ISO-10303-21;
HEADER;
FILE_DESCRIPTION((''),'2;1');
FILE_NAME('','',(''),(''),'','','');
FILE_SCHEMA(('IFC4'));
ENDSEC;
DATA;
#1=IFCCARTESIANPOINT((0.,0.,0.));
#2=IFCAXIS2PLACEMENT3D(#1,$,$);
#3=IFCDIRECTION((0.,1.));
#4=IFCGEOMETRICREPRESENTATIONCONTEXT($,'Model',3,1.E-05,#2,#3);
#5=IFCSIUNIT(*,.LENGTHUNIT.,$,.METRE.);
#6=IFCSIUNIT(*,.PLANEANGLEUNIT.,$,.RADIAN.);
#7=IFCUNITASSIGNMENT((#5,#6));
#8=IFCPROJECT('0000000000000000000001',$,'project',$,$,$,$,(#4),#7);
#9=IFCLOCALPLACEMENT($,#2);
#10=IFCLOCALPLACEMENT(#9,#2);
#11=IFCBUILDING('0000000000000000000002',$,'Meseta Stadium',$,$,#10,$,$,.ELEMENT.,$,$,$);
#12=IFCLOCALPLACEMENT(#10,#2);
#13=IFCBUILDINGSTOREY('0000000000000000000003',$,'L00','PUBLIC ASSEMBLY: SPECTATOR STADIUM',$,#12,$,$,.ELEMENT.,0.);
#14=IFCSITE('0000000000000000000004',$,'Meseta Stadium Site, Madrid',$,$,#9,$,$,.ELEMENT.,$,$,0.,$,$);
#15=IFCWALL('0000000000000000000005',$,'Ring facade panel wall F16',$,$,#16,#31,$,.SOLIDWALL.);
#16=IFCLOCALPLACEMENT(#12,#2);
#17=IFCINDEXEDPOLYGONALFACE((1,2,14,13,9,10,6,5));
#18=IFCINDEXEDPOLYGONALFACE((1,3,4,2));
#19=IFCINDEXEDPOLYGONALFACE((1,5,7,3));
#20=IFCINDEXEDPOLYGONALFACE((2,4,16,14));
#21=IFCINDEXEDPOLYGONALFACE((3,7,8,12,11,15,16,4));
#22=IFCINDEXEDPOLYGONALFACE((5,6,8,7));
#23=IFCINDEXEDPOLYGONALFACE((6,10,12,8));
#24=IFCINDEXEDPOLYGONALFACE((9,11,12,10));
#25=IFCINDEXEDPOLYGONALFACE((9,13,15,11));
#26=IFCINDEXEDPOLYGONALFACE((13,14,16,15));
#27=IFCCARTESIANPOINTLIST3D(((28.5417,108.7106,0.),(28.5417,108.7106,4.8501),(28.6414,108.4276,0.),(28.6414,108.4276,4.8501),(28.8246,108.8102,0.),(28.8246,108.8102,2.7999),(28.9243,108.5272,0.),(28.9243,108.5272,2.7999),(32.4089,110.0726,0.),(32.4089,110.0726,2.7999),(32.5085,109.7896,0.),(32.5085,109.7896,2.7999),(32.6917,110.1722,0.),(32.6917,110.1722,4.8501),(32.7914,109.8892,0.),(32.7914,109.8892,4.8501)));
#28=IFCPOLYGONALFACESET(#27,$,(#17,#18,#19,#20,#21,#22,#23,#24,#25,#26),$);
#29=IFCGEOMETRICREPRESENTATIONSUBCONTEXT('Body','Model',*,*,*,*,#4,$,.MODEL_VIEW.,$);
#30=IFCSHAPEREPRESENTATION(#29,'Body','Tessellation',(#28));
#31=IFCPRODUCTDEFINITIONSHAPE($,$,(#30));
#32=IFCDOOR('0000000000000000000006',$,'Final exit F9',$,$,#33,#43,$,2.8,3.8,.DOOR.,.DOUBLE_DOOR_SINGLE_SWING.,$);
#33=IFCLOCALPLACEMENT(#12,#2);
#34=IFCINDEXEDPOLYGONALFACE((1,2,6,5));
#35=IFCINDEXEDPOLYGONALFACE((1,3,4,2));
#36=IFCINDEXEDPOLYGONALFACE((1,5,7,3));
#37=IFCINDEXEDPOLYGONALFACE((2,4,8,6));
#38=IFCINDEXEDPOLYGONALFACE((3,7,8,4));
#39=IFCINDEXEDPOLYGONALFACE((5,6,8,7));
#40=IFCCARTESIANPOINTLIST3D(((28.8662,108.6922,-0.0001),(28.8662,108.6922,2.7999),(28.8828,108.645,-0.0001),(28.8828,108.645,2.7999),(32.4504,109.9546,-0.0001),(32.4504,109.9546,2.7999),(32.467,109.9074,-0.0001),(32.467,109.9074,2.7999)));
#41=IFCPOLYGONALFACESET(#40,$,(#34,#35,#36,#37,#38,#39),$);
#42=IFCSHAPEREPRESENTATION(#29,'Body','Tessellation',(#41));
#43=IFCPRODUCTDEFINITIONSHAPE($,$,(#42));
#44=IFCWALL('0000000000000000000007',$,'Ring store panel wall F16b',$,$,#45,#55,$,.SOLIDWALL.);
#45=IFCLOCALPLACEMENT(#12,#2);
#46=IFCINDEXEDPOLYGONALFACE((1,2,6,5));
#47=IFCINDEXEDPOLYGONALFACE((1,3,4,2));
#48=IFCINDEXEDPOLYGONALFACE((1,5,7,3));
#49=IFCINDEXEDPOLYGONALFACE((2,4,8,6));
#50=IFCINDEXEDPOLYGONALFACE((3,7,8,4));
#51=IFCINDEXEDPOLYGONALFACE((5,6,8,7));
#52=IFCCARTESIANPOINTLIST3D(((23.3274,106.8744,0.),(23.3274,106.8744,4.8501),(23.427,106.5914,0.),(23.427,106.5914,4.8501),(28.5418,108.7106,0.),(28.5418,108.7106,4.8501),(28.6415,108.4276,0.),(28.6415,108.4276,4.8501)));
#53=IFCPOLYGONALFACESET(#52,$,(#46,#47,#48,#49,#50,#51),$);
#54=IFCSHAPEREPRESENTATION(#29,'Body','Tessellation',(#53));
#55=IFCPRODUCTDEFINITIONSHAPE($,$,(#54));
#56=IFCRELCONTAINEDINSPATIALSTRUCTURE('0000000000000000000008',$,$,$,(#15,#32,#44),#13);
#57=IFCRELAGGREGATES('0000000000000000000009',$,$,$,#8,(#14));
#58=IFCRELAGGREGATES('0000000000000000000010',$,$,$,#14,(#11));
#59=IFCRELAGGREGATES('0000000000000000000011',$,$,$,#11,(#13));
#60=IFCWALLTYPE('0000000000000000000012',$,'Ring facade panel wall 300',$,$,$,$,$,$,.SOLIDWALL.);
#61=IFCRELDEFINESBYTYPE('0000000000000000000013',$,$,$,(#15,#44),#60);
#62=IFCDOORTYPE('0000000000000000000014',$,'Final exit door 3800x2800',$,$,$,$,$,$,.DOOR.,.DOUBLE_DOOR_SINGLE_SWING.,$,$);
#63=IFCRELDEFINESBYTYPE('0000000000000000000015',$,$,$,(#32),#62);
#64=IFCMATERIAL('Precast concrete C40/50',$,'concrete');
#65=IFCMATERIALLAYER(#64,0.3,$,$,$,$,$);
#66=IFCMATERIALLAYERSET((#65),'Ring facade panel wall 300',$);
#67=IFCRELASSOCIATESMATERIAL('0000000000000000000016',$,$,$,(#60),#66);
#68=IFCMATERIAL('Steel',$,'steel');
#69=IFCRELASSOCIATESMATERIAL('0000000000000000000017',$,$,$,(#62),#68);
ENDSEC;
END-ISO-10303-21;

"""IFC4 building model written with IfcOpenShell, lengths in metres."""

from ifc_helpers import new_model, si_unit, direction, frame, frame_2d, origin, place, context, subcontext, project, spatial, rectangle, extrude, material, layer, layer_set, type_object, element, fill, save


model = new_model("IFC4")

# Units and contexts
model_context = context("Model", 3, precision=1e-05, world=origin(), true_north=direction((0.0, 1.0)))
body_context = subcontext(model_context, "Body", "Model", "MODEL_VIEW")
ifc_project = project(units=[si_unit("LENGTHUNIT", "METRE"), si_unit("PLANEANGLEUNIT", "RADIAN")], contexts=[model_context])

# Site, building, storey
site_placement = place(None, origin())
site = spatial("IfcSite", under=ifc_project, at=site_placement, Name="Meseta Stadium Site, Madrid", CompositionType="ELEMENT", RefElevation=0.0)
building_placement = place(site_placement, origin())
building = spatial("IfcBuilding", under=site, at=building_placement, Name="Meseta Stadium", CompositionType="ELEMENT")
storey_placement = place(building_placement, origin())
storey = spatial("IfcBuildingStorey", under=building, at=storey_placement, Name="L00", Description="PUBLIC ASSEMBLY: SPECTATOR STADIUM", CompositionType="ELEMENT", Elevation=0.0)

# Wall, opening, door
ifc_material_1 = material(Name="Precast concrete C40/50", Category="concrete")
ifc_layer_1 = layer(ifc_material_1, 0.3)
ifc_layer_set_1 = layer_set([ifc_layer_1], Name="Ring facade panel wall 300")
wall_type_1 = type_object("IfcWallType", Name="Ring facade panel wall 300", PredefinedType="SOLIDWALL", material=ifc_layer_set_1)
wall_1_placement = place(storey_placement, frame((28.5916, 108.5691, 0.0), z_axis=(0.0, 0.0, 1.0), x_axis=(0.94321, 0.332196, 0.0)))
wall_1 = element("IfcWall", 1, at=wall_1_placement, inside=storey, type_object=wall_type_1, Name="Ring facade panel wall F16", PredefinedType="SOLIDWALL", context=body_context, shape_type="SweptSolid", body=[
    extrude(rectangle(XDim=4.3999, YDim=0.3, at=frame_2d((2.2, 0.0))), origin(), (0.0, 0.0, 1.0), 4.8501),
])
opening_1_placement = place(wall_1_placement, frame((0.3, 0.0, 0.0)))
opening_1 = element("IfcOpeningElement", 2, at=opening_1_placement, cuts=wall_1, PredefinedType="OPENING", context=body_context, shape_type="SweptSolid", body=[
    extrude(rectangle(XDim=3.8, YDim=2.8, at=frame_2d((1.8999, 1.3999))), frame((0.0, 0.1599, 0.0), z_axis=(0.0, -1.0, 0.0), x_axis=(1.0, 0.0, 0.0)), (0.0, 0.0, 1.0), 0.3201),
])
ifc_material_2 = material(Name="Steel", Category="steel")
door_type_1 = type_object("IfcDoorType", Name="Final exit door 3800x2800", OperationType="DOUBLE_DOOR_SINGLE_SWING", PredefinedType="DOOR", material=ifc_material_2)
door_1_placement = place(opening_1_placement, origin())
door_1 = element("IfcDoor", 3, at=door_1_placement, inside=storey, type_object=door_type_1, Name="Final exit F9", OperationType="DOUBLE_DOOR_SINGLE_SWING", OverallHeight=2.8, OverallWidth=3.8, PredefinedType="DOOR", context=body_context, shape_type="SweptSolid", body=[
    extrude(rectangle(XDim=3.8, YDim=2.8, at=frame_2d((1.8999, 1.3999))), frame((0.0, 0.0249, 0.0), z_axis=(0.0, -1.0, 0.0), x_axis=(1.0, 0.0, 0.0)), (0.0, 0.0, 1.0), 0.05),
])
fill(opening_1, door_1)

# Wall
wall_2_placement = place(storey_placement, frame((23.3772, 106.7329, 0.0), z_axis=(0.0, 0.0, 1.0), x_axis=(0.943227, 0.332148, 0.0)))
element("IfcWall", 4, at=wall_2_placement, inside=storey, type_object=wall_type_1, Name="Ring store panel wall F16b", PredefinedType="SOLIDWALL", context=body_context, shape_type="SweptSolid", body=[
    extrude(rectangle(XDim=5.5283, YDim=0.3, at=frame_2d((2.7642, 0.0))), origin(), (0.0, 0.0, 1.0), 4.8501),
])

save(model, "model.ifc")
